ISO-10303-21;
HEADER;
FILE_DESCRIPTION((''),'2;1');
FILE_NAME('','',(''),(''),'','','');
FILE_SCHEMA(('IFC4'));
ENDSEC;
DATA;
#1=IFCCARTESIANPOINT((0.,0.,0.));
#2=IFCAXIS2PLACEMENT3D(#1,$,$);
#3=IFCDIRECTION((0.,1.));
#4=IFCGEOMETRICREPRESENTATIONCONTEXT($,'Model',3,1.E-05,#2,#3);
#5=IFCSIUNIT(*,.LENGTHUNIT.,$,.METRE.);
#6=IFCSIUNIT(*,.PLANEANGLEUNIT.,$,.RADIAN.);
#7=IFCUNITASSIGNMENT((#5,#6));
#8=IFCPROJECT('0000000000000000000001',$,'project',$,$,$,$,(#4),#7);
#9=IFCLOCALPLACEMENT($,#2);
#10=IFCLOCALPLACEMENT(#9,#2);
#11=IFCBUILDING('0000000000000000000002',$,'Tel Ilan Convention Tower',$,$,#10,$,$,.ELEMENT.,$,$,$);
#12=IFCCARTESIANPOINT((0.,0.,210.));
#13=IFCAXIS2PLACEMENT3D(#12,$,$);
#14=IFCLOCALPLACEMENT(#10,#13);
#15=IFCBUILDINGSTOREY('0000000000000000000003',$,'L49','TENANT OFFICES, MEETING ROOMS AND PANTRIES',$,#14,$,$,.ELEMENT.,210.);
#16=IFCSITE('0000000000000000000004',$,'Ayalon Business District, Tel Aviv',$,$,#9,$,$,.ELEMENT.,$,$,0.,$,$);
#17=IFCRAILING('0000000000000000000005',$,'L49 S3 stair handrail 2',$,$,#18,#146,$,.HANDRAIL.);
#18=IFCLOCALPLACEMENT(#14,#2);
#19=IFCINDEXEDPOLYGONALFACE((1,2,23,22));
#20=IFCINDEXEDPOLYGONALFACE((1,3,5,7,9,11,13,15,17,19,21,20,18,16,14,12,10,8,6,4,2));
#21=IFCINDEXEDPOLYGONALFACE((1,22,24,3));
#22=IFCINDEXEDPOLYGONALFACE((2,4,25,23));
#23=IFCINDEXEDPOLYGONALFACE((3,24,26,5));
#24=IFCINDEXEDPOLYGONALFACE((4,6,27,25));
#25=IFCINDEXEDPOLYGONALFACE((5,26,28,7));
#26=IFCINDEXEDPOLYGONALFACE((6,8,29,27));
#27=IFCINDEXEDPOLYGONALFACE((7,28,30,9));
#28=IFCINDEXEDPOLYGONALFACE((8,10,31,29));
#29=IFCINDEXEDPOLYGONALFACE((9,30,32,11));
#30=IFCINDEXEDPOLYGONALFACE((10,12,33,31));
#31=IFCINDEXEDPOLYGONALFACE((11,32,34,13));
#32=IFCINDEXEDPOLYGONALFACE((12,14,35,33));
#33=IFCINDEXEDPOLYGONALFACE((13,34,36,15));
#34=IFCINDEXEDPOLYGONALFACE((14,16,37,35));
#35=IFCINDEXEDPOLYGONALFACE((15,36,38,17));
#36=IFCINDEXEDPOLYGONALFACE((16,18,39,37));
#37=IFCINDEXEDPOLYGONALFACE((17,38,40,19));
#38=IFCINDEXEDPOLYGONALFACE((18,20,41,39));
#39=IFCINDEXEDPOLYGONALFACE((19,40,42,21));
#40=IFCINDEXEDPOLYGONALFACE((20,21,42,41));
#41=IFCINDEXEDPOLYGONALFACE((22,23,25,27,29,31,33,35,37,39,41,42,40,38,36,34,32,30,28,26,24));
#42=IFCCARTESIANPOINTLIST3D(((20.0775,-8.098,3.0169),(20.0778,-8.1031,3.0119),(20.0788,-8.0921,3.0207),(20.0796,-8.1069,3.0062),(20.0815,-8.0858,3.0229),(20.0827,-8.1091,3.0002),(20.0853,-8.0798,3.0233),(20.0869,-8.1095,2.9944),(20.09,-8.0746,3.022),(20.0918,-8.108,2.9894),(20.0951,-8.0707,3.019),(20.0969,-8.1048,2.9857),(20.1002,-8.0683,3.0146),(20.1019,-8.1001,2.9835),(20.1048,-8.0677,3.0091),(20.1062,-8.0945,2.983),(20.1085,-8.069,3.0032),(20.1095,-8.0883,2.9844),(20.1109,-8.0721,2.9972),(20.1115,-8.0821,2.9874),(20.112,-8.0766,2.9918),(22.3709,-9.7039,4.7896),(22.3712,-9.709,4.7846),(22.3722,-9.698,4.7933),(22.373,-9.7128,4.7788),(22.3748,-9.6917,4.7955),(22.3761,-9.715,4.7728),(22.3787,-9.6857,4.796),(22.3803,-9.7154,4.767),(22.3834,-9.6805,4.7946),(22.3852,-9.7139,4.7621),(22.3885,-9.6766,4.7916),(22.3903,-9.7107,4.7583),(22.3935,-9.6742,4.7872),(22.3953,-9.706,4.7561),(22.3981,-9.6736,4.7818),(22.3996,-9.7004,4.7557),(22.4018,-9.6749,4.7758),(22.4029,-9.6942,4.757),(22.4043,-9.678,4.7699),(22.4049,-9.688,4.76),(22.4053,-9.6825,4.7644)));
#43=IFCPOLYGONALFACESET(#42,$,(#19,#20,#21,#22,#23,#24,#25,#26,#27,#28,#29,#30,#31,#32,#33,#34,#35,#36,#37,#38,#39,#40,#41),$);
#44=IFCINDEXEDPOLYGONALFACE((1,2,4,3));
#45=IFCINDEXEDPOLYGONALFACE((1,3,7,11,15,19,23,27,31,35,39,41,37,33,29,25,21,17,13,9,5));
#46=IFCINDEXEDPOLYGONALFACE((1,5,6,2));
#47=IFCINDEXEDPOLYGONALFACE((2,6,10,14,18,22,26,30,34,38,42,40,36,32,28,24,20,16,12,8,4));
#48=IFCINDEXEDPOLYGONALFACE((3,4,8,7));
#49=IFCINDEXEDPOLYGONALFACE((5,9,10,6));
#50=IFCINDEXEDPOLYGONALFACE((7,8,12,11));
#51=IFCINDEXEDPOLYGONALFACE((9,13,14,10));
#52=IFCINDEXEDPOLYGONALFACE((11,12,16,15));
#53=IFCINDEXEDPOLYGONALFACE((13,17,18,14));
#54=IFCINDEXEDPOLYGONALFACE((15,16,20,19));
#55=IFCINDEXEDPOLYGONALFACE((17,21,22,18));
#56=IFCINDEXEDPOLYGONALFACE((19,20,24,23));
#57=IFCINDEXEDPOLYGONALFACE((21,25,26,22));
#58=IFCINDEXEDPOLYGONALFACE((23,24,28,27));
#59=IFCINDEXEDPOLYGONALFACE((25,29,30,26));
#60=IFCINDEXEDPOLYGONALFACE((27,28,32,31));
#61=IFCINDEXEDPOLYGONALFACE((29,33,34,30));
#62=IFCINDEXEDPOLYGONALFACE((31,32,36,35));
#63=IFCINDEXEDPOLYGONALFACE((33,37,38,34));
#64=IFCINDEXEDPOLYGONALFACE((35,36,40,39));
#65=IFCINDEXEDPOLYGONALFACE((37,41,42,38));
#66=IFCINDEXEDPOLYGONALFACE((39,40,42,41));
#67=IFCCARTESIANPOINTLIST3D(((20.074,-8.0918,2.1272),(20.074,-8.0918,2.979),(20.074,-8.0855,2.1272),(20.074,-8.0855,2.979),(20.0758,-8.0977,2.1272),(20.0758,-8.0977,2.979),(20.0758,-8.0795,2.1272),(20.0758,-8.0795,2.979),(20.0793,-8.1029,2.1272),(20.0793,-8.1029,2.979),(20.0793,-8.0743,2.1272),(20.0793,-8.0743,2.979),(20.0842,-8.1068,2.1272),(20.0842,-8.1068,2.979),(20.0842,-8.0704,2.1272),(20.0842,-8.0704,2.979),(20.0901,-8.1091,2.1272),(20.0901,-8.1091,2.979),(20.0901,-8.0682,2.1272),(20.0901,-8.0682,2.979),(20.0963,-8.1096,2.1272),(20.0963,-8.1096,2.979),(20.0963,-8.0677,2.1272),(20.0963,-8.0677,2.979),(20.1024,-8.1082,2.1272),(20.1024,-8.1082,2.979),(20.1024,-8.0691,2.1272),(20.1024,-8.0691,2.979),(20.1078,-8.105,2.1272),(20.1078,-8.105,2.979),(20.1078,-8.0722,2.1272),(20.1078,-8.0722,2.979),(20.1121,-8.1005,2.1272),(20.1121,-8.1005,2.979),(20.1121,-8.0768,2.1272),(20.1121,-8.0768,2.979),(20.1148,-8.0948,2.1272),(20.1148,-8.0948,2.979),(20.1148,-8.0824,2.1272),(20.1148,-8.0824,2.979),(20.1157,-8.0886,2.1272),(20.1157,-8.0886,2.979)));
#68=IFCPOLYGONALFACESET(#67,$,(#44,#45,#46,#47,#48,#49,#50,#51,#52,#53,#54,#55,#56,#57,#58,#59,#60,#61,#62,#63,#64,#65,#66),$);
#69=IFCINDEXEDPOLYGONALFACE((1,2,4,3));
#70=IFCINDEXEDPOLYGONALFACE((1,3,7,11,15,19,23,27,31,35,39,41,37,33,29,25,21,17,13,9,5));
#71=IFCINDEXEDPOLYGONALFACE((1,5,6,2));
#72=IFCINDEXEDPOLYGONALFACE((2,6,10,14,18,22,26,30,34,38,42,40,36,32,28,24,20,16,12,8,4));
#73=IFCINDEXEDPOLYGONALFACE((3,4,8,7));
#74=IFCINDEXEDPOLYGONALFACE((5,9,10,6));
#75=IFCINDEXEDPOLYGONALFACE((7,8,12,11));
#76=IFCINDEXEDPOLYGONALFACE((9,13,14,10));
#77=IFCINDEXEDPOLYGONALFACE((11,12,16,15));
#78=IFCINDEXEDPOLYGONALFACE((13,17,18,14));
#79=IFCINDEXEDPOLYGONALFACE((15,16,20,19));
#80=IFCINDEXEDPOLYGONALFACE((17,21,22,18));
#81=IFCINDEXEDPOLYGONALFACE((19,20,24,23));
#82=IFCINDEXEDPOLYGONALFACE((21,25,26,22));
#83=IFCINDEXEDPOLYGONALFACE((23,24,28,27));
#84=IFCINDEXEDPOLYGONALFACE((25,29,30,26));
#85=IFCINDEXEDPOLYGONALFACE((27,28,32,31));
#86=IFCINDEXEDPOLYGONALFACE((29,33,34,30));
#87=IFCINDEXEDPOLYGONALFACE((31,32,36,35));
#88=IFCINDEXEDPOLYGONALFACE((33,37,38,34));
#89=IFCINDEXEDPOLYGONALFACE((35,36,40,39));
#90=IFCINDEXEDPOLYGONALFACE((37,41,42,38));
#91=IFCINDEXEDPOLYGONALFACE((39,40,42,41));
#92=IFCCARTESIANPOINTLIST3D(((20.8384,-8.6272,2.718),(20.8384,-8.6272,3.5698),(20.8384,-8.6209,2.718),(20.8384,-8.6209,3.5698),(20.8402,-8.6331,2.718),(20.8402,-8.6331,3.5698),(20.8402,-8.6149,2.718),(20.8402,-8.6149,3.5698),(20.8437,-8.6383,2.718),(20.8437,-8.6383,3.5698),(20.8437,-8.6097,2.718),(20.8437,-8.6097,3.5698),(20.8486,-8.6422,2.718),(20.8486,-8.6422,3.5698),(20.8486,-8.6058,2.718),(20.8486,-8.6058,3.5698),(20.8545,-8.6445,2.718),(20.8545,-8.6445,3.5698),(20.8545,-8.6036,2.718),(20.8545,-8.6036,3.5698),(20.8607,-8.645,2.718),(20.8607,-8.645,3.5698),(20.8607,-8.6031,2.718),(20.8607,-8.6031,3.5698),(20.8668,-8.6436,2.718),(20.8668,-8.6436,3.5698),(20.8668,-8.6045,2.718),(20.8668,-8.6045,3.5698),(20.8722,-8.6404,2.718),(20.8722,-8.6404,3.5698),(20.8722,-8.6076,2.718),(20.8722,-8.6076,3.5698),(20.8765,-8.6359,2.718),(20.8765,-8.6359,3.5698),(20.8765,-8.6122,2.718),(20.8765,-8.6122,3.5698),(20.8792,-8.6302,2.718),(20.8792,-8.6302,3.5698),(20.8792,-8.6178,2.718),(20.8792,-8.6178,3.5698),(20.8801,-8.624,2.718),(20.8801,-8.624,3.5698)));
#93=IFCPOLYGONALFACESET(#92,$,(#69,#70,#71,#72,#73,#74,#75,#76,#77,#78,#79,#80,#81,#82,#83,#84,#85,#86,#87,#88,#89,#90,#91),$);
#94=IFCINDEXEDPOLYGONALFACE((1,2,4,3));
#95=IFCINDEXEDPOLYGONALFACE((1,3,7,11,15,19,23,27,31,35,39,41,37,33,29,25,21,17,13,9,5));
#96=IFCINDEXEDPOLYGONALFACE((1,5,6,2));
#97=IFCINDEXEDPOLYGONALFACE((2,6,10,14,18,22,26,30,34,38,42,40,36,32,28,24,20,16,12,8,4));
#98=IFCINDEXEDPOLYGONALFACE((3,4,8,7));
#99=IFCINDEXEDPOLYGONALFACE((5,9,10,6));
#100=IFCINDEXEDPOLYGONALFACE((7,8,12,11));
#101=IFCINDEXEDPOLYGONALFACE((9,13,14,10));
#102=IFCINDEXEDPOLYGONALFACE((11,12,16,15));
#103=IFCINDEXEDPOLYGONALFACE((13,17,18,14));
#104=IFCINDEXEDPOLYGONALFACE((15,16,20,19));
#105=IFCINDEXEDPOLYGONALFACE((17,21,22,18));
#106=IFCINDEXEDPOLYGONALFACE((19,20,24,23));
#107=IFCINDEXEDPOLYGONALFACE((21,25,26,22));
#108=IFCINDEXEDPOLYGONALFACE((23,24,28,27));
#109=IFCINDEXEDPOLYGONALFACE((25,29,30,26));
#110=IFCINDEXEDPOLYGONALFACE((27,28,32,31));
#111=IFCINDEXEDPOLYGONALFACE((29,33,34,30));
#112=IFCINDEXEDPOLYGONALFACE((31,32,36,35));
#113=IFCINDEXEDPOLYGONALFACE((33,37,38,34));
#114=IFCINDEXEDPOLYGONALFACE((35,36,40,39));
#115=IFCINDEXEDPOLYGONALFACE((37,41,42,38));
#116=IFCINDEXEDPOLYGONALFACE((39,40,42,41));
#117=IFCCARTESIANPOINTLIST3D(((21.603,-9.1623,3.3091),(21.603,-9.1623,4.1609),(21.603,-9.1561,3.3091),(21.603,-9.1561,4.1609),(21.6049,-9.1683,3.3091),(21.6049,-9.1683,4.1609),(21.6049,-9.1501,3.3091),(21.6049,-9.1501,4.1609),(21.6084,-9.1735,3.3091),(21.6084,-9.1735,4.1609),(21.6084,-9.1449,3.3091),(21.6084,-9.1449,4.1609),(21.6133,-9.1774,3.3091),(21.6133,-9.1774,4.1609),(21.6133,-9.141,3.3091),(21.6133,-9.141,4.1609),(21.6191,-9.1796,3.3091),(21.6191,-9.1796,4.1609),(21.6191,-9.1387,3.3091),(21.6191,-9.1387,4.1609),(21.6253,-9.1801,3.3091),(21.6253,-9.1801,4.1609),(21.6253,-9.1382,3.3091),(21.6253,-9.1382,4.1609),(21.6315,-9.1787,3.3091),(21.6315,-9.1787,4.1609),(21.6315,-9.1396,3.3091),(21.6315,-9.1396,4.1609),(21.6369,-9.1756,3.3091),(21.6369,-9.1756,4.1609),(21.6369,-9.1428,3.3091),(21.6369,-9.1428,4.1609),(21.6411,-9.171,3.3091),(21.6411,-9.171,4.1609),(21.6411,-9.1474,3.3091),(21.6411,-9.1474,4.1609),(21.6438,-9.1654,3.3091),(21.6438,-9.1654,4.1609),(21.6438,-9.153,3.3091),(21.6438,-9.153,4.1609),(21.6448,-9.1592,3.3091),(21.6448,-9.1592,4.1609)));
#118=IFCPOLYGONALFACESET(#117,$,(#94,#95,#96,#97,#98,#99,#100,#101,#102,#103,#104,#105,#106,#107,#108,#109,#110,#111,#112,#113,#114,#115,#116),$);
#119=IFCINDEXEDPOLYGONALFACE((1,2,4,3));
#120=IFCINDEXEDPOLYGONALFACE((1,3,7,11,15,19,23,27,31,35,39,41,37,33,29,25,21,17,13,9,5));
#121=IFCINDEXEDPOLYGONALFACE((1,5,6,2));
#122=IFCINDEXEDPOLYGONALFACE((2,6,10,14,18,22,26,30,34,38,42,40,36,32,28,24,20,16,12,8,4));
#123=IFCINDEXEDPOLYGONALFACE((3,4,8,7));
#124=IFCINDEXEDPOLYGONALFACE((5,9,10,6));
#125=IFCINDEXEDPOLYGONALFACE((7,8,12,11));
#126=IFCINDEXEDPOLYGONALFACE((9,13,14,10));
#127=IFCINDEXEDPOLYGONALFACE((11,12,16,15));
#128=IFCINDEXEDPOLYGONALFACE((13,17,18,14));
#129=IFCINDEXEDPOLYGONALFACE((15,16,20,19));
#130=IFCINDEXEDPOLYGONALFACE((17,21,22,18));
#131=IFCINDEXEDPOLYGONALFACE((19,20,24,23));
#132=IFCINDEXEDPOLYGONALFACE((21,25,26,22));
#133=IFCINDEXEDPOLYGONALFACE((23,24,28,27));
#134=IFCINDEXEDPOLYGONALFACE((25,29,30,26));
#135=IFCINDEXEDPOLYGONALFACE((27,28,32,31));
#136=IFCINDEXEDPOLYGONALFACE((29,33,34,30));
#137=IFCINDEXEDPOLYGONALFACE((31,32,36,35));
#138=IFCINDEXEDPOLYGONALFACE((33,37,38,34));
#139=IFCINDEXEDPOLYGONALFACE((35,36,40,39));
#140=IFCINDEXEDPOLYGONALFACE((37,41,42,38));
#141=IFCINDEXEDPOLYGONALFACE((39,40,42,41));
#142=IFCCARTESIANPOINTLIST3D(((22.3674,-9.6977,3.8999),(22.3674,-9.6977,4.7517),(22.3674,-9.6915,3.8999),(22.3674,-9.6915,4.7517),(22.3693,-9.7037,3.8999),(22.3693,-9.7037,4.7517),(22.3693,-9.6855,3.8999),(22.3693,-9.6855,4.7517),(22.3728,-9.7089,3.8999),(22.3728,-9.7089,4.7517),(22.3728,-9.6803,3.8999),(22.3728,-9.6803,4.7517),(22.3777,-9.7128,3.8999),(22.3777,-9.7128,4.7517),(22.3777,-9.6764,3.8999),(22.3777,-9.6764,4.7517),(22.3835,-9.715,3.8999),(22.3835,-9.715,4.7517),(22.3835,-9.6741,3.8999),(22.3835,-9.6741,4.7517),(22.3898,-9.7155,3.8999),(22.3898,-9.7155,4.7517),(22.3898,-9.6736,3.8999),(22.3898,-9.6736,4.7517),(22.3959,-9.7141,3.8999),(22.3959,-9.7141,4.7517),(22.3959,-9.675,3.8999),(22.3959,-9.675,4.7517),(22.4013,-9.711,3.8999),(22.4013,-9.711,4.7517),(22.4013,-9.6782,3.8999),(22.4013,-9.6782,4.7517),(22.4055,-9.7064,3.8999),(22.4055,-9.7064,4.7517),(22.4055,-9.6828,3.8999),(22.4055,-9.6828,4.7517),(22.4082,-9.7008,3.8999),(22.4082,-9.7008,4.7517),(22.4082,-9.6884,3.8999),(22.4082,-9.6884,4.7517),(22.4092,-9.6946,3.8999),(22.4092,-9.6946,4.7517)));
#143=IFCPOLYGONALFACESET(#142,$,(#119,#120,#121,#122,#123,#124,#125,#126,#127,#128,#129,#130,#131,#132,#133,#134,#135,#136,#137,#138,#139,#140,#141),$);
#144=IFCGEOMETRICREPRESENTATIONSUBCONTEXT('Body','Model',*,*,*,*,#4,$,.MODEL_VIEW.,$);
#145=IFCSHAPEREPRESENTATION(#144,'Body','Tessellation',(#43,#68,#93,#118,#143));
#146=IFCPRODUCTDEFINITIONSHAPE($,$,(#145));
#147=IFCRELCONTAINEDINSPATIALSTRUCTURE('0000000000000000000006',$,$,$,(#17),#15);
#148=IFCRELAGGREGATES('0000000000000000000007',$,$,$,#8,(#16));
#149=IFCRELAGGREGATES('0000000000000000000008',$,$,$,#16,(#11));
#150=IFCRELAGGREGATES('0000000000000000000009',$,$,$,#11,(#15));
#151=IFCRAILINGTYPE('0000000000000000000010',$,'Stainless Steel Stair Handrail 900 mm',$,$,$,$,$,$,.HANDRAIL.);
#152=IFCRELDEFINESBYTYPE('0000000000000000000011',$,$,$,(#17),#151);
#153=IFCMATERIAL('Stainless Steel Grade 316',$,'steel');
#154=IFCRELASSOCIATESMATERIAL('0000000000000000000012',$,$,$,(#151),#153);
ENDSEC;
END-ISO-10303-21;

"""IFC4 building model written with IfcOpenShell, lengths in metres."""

from ifc_helpers import new_model, si_unit, direction, frame, origin, origin_2d, place, context, subcontext, project, spatial, circle, extrude, material, type_object, element, save


model = new_model("IFC4")

# Units and contexts
model_context = context("Model", 3, precision=1e-05, world=origin(), true_north=direction((0.0, 1.0)))
body_context = subcontext(model_context, "Body", "Model", "MODEL_VIEW")
ifc_project = project(units=[si_unit("LENGTHUNIT", "METRE"), si_unit("PLANEANGLEUNIT", "RADIAN")], contexts=[model_context])

# Site, building, storey
site_placement = place(None, origin())
site = spatial("IfcSite", under=ifc_project, at=site_placement, Name="Ayalon Business District, Tel Aviv", CompositionType="ELEMENT", RefElevation=0.0)
building_placement = place(site_placement, origin())
building = spatial("IfcBuilding", under=site, at=building_placement, Name="Tel Ilan Convention Tower", CompositionType="ELEMENT")
storey_placement = place(building_placement, frame((0.0, 0.0, 210.0)))
storey = spatial("IfcBuildingStorey", under=building, at=storey_placement, Name="L49", Description="TENANT OFFICES, MEETING ROOMS AND PANTRIES", CompositionType="ELEMENT", Elevation=210.0)

# Railing
ifc_material_1 = material(Name="Stainless Steel Grade 316", Category="steel")
railing_type_1 = type_object("IfcRailingType", Name="Stainless Steel Stair Handrail 900 mm", PredefinedType="HANDRAIL", material=ifc_material_1)
railing_1_placement = place(storey_placement, frame((20.0947, -8.0886, 2.1272)))
element("IfcRailing", 1, at=railing_1_placement, inside=storey, type_object=railing_type_1, Name="L49 S3 stair handrail 2", PredefinedType="HANDRAIL", context=body_context, shape_type="SweptSolid", body=[
    extrude(circle(Radius=0.0239, at=origin_2d()), frame((0.0, 0.0, 0.876), z_axis=(0.692085, -0.484621, 0.53494), x_axis=(0.573591, 0.819142, 0.0)), (0.0, 0.0, 1.0), 3.3137),
    extrude(circle(Radius=0.021, at=origin_2d()), origin(), (0.0, 0.0, 1.0), 0.8518),
    extrude(circle(Radius=0.021, at=origin_2d()), frame((0.7644, -0.5354, 0.5908)), (0.0, 0.0, 1.0), 0.8518),
    extrude(circle(Radius=0.021, at=origin_2d()), frame((1.5291, -1.0706, 1.1819)), (0.0, 0.0, 1.0), 0.8518),
    extrude(circle(Radius=0.021, at=origin_2d()), frame((2.2935, -1.606, 1.7727)), (0.0, 0.0, 1.0), 0.8518),
])

save(model, "model.ifc")
